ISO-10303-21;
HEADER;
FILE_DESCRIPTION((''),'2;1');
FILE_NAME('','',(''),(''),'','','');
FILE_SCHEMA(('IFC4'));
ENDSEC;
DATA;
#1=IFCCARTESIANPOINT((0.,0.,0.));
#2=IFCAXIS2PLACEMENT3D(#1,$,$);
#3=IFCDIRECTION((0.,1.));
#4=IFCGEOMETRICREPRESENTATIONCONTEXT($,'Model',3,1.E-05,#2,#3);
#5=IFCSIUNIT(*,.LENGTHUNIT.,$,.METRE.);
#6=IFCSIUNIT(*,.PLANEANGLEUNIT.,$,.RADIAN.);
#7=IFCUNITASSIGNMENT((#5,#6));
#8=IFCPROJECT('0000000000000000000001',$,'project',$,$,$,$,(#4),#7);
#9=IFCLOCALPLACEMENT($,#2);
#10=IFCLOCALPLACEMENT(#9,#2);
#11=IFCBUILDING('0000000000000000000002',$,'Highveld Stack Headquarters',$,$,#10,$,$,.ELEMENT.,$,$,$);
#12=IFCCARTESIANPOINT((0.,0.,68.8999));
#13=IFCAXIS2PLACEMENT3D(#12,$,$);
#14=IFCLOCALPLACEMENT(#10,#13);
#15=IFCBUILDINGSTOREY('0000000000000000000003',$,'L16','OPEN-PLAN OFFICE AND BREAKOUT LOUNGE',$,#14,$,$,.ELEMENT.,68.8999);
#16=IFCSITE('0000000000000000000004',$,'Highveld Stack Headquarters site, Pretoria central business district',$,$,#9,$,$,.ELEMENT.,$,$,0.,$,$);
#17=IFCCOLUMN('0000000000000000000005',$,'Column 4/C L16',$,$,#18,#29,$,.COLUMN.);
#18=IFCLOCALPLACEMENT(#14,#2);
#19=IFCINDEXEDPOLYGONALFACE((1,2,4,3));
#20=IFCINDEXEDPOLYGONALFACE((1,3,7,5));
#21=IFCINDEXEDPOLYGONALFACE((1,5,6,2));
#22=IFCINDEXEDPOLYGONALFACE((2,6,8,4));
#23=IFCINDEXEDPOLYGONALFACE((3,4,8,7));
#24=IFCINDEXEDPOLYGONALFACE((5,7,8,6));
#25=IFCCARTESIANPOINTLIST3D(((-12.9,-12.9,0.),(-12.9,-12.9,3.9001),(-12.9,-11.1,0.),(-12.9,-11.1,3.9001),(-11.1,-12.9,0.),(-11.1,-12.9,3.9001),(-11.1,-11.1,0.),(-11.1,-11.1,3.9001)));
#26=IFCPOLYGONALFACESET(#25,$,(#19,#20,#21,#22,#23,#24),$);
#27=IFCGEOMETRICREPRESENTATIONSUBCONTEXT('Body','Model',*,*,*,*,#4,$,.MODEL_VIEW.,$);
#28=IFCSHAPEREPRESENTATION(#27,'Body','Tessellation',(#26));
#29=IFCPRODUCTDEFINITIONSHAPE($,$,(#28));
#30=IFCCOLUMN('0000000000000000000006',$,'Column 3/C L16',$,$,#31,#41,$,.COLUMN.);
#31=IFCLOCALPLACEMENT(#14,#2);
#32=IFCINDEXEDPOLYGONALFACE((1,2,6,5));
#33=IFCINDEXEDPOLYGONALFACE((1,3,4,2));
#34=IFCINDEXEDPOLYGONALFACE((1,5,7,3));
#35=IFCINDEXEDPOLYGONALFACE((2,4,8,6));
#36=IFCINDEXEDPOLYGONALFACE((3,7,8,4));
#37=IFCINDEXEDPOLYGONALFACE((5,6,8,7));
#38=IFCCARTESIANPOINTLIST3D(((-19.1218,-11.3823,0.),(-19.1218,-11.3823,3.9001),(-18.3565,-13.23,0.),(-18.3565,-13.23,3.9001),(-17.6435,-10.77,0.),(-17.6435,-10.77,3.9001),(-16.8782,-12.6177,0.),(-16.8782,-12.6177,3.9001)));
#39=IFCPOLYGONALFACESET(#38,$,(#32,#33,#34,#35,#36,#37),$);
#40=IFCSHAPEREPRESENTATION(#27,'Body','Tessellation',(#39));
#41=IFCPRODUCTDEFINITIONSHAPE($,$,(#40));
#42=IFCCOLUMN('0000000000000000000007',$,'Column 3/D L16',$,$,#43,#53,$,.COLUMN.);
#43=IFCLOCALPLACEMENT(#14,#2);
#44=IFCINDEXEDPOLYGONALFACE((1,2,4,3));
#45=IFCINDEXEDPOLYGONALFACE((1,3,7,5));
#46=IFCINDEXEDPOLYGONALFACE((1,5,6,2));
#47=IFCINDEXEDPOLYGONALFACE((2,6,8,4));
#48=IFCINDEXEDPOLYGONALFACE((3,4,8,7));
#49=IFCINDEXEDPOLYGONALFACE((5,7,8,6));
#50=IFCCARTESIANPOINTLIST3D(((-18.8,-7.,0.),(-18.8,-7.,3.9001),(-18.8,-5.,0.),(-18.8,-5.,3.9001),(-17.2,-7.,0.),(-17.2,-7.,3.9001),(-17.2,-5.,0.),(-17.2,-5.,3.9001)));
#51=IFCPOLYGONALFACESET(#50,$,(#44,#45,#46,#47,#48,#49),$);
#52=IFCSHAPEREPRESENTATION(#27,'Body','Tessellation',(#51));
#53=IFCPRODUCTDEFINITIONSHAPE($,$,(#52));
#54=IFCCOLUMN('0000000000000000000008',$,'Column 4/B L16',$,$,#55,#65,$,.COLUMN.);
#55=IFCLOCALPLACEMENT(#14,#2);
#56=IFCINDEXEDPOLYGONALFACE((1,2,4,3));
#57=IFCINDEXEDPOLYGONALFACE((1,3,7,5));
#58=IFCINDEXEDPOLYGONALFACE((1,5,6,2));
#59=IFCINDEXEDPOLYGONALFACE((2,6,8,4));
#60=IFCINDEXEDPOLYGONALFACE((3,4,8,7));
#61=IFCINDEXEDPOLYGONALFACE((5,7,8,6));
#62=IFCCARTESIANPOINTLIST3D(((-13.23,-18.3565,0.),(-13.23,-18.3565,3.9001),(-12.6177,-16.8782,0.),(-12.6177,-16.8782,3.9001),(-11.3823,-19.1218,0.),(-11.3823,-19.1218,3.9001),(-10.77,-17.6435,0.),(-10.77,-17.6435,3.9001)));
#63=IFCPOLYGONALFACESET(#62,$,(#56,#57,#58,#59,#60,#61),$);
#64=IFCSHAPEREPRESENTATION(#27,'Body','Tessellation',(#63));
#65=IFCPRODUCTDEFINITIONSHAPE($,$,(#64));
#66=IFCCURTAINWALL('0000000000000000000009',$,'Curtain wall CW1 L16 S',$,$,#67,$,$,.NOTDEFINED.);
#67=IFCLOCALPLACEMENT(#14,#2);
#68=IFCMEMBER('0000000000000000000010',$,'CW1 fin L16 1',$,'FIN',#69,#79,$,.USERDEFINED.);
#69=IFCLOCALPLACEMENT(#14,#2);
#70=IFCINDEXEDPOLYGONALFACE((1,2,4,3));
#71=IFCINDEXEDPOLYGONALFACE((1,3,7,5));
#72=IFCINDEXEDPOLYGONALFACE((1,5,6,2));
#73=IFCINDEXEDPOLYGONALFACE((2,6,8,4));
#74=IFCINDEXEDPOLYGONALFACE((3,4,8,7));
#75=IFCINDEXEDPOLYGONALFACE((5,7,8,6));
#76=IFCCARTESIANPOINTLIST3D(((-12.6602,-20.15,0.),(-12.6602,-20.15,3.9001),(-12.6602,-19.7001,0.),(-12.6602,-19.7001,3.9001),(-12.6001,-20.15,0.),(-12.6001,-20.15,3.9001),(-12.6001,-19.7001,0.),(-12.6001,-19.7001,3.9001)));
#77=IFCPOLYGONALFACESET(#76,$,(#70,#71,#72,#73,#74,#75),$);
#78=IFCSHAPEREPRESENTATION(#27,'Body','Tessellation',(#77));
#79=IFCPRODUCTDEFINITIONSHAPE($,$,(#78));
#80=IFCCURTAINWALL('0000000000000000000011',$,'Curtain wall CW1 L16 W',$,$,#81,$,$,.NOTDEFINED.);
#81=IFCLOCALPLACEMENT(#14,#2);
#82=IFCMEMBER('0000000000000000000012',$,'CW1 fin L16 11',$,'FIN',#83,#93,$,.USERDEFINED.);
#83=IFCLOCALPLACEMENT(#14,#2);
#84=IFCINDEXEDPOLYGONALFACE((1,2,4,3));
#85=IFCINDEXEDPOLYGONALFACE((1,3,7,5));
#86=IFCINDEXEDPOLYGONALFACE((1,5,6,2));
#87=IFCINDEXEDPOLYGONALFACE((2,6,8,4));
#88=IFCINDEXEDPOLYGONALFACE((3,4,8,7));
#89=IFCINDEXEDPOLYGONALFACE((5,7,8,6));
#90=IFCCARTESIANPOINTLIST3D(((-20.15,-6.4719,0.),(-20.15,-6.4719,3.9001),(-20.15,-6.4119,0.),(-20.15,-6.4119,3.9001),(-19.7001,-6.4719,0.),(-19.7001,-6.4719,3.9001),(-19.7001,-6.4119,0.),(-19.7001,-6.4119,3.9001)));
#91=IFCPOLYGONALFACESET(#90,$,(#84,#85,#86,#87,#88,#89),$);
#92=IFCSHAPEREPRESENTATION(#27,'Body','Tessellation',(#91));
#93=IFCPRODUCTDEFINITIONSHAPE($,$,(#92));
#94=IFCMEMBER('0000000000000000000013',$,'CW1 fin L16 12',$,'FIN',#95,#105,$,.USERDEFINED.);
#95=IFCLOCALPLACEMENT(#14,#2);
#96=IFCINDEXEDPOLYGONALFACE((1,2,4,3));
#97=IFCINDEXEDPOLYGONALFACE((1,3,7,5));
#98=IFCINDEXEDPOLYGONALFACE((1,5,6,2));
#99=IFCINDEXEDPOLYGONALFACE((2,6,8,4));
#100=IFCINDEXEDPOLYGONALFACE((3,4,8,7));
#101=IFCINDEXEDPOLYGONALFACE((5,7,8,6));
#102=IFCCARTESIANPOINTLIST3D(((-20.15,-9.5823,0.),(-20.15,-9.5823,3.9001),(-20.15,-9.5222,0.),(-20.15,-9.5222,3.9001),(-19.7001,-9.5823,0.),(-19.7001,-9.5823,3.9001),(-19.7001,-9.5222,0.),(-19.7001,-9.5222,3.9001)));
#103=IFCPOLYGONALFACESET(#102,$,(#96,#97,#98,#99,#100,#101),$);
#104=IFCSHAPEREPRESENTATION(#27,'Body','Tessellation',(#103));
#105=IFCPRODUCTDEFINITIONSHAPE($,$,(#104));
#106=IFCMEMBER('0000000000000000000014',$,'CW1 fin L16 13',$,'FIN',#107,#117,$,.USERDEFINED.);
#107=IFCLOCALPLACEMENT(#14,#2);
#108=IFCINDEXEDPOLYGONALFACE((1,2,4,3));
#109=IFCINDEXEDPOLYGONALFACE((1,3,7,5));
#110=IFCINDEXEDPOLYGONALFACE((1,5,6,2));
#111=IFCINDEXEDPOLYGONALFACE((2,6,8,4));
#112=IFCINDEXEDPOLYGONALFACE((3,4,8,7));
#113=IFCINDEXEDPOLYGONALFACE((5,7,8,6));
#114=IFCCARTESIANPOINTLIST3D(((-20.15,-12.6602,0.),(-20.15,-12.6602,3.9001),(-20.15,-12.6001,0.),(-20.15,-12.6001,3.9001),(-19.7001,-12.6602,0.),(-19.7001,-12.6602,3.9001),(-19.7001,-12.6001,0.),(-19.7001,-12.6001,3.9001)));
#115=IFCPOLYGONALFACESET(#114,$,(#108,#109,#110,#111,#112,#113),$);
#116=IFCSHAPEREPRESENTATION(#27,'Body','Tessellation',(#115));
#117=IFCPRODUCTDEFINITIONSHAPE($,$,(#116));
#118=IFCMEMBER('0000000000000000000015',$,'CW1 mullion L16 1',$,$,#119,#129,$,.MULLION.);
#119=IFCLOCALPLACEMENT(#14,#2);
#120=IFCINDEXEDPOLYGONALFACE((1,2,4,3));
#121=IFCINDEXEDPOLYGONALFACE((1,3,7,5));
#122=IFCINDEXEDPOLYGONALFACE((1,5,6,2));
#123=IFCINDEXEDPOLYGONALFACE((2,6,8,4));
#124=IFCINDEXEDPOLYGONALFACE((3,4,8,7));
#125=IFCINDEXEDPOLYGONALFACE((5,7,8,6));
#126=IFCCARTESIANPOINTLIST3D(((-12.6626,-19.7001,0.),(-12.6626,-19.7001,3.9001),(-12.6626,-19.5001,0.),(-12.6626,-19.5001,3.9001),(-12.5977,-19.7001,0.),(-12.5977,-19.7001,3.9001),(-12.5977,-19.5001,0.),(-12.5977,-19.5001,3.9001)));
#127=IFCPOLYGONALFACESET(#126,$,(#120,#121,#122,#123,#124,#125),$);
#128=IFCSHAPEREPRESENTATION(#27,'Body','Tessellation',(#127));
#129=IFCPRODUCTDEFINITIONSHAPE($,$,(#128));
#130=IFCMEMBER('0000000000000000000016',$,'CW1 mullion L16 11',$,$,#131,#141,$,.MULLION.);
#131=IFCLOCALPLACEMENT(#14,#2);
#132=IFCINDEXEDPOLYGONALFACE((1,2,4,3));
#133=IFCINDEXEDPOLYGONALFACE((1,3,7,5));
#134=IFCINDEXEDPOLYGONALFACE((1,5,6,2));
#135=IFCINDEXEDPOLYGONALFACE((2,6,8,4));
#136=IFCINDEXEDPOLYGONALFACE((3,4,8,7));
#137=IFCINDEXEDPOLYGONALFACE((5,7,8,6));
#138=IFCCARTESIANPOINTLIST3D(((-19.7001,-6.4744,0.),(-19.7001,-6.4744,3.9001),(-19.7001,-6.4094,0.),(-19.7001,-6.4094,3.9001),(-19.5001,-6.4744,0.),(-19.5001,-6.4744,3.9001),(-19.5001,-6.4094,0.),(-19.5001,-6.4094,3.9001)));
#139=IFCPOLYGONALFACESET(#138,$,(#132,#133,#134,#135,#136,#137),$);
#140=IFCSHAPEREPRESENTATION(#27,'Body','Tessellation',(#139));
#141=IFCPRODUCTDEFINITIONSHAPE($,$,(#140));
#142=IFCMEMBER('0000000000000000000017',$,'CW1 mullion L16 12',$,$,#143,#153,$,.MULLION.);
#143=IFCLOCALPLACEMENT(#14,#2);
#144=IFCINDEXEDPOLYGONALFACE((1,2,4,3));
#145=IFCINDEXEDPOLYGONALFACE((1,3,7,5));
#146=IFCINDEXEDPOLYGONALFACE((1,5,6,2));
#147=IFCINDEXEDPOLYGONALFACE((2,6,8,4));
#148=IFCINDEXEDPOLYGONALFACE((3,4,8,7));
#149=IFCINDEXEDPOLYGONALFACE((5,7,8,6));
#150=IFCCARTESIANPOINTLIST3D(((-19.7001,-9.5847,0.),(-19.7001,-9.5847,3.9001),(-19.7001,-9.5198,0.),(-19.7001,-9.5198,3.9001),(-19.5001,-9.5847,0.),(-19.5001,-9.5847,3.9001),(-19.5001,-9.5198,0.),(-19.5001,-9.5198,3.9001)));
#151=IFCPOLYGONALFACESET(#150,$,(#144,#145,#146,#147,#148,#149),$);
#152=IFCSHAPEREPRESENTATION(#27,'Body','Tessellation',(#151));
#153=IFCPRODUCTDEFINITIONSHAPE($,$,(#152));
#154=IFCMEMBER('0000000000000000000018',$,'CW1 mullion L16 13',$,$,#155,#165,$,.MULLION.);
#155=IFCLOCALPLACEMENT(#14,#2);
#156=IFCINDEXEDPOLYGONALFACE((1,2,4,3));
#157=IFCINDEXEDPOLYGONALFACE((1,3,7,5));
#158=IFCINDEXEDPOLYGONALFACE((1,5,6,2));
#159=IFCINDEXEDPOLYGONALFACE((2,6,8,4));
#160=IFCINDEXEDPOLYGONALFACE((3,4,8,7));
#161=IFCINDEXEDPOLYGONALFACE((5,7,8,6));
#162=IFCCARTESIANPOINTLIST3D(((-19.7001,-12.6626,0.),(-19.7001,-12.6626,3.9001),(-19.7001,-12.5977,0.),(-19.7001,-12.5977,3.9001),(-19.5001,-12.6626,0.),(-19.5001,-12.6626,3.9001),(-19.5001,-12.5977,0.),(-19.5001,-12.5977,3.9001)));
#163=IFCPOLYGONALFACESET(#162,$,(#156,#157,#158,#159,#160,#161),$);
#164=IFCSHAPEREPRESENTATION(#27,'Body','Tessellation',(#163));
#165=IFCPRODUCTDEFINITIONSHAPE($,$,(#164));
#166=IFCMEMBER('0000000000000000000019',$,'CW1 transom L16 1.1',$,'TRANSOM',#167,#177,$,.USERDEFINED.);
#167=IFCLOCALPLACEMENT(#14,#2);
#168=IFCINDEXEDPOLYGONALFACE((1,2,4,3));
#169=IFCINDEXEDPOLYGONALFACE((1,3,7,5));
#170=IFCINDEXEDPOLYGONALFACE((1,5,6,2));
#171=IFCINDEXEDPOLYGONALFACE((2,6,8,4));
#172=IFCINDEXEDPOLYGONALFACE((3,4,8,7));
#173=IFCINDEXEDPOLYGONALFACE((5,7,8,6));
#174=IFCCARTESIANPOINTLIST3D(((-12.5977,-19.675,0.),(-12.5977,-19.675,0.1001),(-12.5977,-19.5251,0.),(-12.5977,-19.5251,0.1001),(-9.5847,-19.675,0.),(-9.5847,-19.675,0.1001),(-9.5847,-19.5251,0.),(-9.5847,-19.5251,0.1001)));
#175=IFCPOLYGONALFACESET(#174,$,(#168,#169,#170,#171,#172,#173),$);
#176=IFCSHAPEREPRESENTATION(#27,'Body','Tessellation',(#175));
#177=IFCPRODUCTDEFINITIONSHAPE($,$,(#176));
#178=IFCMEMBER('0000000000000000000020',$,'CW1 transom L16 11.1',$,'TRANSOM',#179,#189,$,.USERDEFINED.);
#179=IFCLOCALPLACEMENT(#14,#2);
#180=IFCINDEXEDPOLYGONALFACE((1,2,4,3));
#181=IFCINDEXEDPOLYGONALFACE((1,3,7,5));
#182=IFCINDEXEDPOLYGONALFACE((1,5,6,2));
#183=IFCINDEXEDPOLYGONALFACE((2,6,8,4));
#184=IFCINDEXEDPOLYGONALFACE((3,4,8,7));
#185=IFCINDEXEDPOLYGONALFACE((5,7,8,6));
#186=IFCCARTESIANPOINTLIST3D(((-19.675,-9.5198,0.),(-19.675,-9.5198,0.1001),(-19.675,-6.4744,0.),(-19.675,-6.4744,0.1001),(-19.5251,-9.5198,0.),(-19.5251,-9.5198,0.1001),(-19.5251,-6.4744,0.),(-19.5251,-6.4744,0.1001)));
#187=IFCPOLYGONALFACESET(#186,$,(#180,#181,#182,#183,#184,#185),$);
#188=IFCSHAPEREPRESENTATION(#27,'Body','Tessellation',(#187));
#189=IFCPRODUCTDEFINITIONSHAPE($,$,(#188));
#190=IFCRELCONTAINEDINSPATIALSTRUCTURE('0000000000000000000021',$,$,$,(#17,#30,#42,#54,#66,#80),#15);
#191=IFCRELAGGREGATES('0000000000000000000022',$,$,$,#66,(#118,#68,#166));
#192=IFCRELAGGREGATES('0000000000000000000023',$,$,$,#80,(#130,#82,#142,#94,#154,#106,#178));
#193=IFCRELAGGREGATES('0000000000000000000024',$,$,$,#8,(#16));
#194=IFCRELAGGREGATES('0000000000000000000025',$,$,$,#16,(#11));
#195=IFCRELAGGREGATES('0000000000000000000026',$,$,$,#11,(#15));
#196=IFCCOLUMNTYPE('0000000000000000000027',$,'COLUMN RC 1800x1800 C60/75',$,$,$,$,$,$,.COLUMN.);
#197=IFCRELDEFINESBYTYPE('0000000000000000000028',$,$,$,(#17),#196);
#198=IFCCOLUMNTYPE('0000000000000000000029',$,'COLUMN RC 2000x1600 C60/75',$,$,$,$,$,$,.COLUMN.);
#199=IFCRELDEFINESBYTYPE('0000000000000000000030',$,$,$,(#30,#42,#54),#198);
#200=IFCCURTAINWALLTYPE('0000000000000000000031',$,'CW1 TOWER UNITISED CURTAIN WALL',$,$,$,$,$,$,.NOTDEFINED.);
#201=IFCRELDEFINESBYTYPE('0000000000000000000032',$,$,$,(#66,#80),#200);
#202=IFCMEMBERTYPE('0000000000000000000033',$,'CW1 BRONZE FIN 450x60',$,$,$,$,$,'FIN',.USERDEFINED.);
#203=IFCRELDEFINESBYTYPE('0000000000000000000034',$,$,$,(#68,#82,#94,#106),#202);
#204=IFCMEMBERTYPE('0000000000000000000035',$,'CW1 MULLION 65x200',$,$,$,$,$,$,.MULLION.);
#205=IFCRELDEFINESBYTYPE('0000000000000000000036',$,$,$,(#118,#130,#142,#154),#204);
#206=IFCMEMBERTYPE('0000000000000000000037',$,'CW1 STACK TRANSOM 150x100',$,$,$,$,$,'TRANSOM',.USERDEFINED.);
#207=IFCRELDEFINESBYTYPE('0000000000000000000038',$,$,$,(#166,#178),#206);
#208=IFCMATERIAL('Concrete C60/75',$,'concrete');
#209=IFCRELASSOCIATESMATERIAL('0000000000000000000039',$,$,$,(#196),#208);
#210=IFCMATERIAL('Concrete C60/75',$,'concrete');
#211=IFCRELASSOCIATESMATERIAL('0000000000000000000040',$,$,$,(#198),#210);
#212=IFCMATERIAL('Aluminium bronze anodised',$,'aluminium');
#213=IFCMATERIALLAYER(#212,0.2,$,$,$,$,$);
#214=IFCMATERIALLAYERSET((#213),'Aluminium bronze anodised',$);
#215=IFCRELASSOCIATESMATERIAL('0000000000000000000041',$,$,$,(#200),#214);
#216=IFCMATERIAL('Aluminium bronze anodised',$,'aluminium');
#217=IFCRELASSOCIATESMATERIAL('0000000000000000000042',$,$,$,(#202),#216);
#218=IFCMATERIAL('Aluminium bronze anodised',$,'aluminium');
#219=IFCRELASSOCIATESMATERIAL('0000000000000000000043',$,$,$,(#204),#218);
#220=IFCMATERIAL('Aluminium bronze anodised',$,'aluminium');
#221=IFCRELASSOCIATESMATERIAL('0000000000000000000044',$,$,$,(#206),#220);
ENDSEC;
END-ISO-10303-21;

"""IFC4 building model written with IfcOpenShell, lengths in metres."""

from ifc_helpers import new_model, si_unit, direction, frame, origin, origin_2d, place, context, subcontext, project, spatial, rectangle, extrude, material, layer, layer_set, material_profile, profile_set, type_object, element, aggregate, save


model = new_model("IFC4")

# Units and contexts
model_context = context("Model", 3, precision=1e-05, world=origin(), true_north=direction((0.0, 1.0)))
body_context = subcontext(model_context, "Body", "Model", "MODEL_VIEW")
ifc_project = project(units=[si_unit("LENGTHUNIT", "METRE"), si_unit("PLANEANGLEUNIT", "RADIAN")], contexts=[model_context])

# Site, building, storey
site_placement = place(None, origin())
site = spatial("IfcSite", under=ifc_project, at=site_placement, Name="Highveld Stack Headquarters site, Pretoria central business district", CompositionType="ELEMENT", RefElevation=0.0)
building_placement = place(site_placement, origin())
building = spatial("IfcBuilding", under=site, at=building_placement, Name="Highveld Stack Headquarters", CompositionType="ELEMENT")
storey_placement = place(building_placement, frame((0.0, 0.0, 68.8999)))
storey = spatial("IfcBuildingStorey", under=building, at=storey_placement, Name="L16", Description="OPEN-PLAN OFFICE AND BREAKOUT LOUNGE", CompositionType="ELEMENT", Elevation=68.8999)

# Columns
ifc_material_1 = material(Name="Concrete C60/75", Category="concrete")
ifc_material_profile_1 = material_profile(ifc_material_1, rectangle(XDim=1.8, YDim=1.8, at=origin_2d()), Name="RC 1800x1800")
ifc_profile_set_1 = profile_set([ifc_material_profile_1], Name="Concrete C60/75")
column_type_1 = type_object("IfcColumnType", Name="COLUMN RC 1800x1800 C60/75", PredefinedType="COLUMN", material=ifc_profile_set_1)
column_placement = place(storey_placement, frame((-12.0, -12.0, 0.0), z_axis=(0.0, 0.0, 1.0), x_axis=(1.0, 0.0, 0.0)))
element("IfcColumn", 1, at=column_placement, inside=storey, type_object=column_type_1, Name="Column 4/C L16", PredefinedType="COLUMN", context=body_context, shape_type="SweptSolid", body=[
    extrude(rectangle(XDim=1.8, YDim=1.8, at=origin_2d()), origin(), (0.0, 0.0, 1.0), 3.9001),
])
ifc_material_2 = material(Name="Concrete C60/75", Category="concrete")
ifc_material_profile_2 = material_profile(ifc_material_2, rectangle(XDim=2.0, YDim=1.6001, at=origin_2d()), Name="RC 2000x1600")
ifc_profile_set_2 = profile_set([ifc_material_profile_2], Name="Concrete C60/75")
column_type_2 = type_object("IfcColumnType", Name="COLUMN RC 2000x1600 C60/75", PredefinedType="COLUMN", material=ifc_profile_set_2)
for number, where, z_axis, x_axis, name in (
    (2, (-18.0, -12.0, 0.0), (0.0, 0.0, 1.0), (-0.382683, 0.92388, 0.0), "Column 3/C L16"),
    (3, (-18.0, -6.0, 0.0), (0.0, 0.0, 1.0), (0.0, 1.0, 0.0), "Column 3/D L16"),
    (4, (-12.0, -18.0, 0.0), (0.0, 0.0, 1.0), (-0.92388, 0.382683, 0.0), "Column 4/B L16"),
):
    element("IfcColumn", number, at=place(storey_placement, frame(where, z_axis=z_axis, x_axis=x_axis)), inside=storey, type_object=column_type_2, Name=name, PredefinedType="COLUMN", context=body_context, shape_type="SweptSolid", body=[
        extrude(rectangle(XDim=2.0, YDim=1.6001, at=origin_2d()), origin(), (0.0, 0.0, 1.0), 3.9001),
    ])

# Curtain wall, member
ifc_material_3 = material(Name="Aluminium bronze anodised", Category="aluminium")
ifc_layer_1 = layer(ifc_material_3, 0.2)
ifc_layer_set_1 = layer_set([ifc_layer_1], Name="Aluminium bronze anodised")
curtain_wall_type_1 = type_object("IfcCurtainWallType", Name="CW1 TOWER UNITISED CURTAIN WALL", PredefinedType="NOTDEFINED", material=ifc_layer_set_1)
curtain_wall_1_placement = place(storey_placement, origin())
curtain_wall_1 = element("IfcCurtainWall", 5, at=curtain_wall_1_placement, inside=storey, type_object=curtain_wall_type_1, Name="Curtain wall CW1 L16 S", PredefinedType="NOTDEFINED")
ifc_material_4 = material(Name="Aluminium bronze anodised", Category="aluminium")
ifc_material_profile_3 = material_profile(ifc_material_4, rectangle(XDim=0.45, YDim=0.0601, at=origin_2d()), Name="FIN 450x60")
ifc_profile_set_3 = profile_set([ifc_material_profile_3], Name="Aluminium bronze anodised")
member_type_1 = type_object("IfcMemberType", Name="CW1 BRONZE FIN 450x60", ElementType="FIN", PredefinedType="USERDEFINED", material=ifc_profile_set_3)
member_1_placement = place(storey_placement, frame((-12.6301, -19.925, 0.0), z_axis=(0.0, 0.0, 1.0), x_axis=(0.0, 1.0, 0.0)))
member_1 = element("IfcMember", 6, at=member_1_placement, type_object=member_type_1, Name="CW1 fin L16 1", ObjectType="FIN", PredefinedType="USERDEFINED", context=body_context, shape_type="SweptSolid", body=[
    extrude(rectangle(XDim=0.45, YDim=0.0601, at=origin_2d()), origin(), (0.0, 0.0, 1.0), 3.9001),
])

# Curtain wall, members
curtain_wall_2_placement = place(storey_placement, origin())
curtain_wall_2 = element("IfcCurtainWall", 7, at=curtain_wall_2_placement, inside=storey, type_object=curtain_wall_type_1, Name="Curtain wall CW1 L16 W", PredefinedType="NOTDEFINED")
member_2_placement = place(storey_placement, frame((-19.925, -6.4419, 0.0), z_axis=(0.0, 0.0, 1.0), x_axis=(1.0, 0.0, 0.0)))
member_2 = element("IfcMember", 8, at=member_2_placement, type_object=member_type_1, Name="CW1 fin L16 11", ObjectType="FIN", PredefinedType="USERDEFINED", context=body_context, shape_type="SweptSolid", body=[
    extrude(rectangle(XDim=0.45, YDim=0.0601, at=origin_2d()), origin(), (0.0, 0.0, 1.0), 3.9001),
])
member_3_placement = place(storey_placement, frame((-19.925, -9.5522, 0.0), z_axis=(0.0, 0.0, 1.0), x_axis=(1.0, 0.0, 0.0)))
member_3 = element("IfcMember", 9, at=member_3_placement, type_object=member_type_1, Name="CW1 fin L16 12", ObjectType="FIN", PredefinedType="USERDEFINED", context=body_context, shape_type="SweptSolid", body=[
    extrude(rectangle(XDim=0.45, YDim=0.0601, at=origin_2d()), origin(), (0.0, 0.0, 1.0), 3.9001),
])
member_4_placement = place(storey_placement, frame((-19.925, -12.6301, 0.0), z_axis=(0.0, 0.0, 1.0), x_axis=(1.0, 0.0, 0.0)))
member_4 = element("IfcMember", 10, at=member_4_placement, type_object=member_type_1, Name="CW1 fin L16 13", ObjectType="FIN", PredefinedType="USERDEFINED", context=body_context, shape_type="SweptSolid", body=[
    extrude(rectangle(XDim=0.45, YDim=0.0601, at=origin_2d()), origin(), (0.0, 0.0, 1.0), 3.9001),
])

# Members
ifc_material_5 = material(Name="Aluminium bronze anodised", Category="aluminium")
ifc_material_profile_4 = material_profile(ifc_material_5, rectangle(XDim=0.2, YDim=0.0649, at=origin_2d()), Name="CW1 MULLION 65x200")
ifc_profile_set_4 = profile_set([ifc_material_profile_4], Name="Aluminium bronze anodised")
member_type_2 = type_object("IfcMemberType", Name="CW1 MULLION 65x200", PredefinedType="MULLION", material=ifc_profile_set_4)
member_5_placement = place(storey_placement, frame((-12.6301, -19.6001, 0.0), z_axis=(0.0, 0.0, 1.0), x_axis=(0.0, 1.0, 0.0)))
member_5 = element("IfcMember", 11, at=member_5_placement, type_object=member_type_2, Name="CW1 mullion L16 1", PredefinedType="MULLION", context=body_context, shape_type="SweptSolid", body=[
    extrude(rectangle(XDim=0.2, YDim=0.0649, at=origin_2d()), origin(), (0.0, 0.0, 1.0), 3.9001),
])
member_6_placement = place(storey_placement, frame((-19.6001, -6.4419, 0.0), z_axis=(0.0, 0.0, 1.0), x_axis=(1.0, 0.0, 0.0)))
member_6 = element("IfcMember", 12, at=member_6_placement, type_object=member_type_2, Name="CW1 mullion L16 11", PredefinedType="MULLION", context=body_context, shape_type="SweptSolid", body=[
    extrude(rectangle(XDim=0.2, YDim=0.0649, at=origin_2d()), origin(), (0.0, 0.0, 1.0), 3.9001),
])
member_7_placement = place(storey_placement, frame((-19.6001, -9.5522, 0.0), z_axis=(0.0, 0.0, 1.0), x_axis=(1.0, 0.0, 0.0)))
member_7 = element("IfcMember", 13, at=member_7_placement, type_object=member_type_2, Name="CW1 mullion L16 12", PredefinedType="MULLION", context=body_context, shape_type="SweptSolid", body=[
    extrude(rectangle(XDim=0.2, YDim=0.0649, at=origin_2d()), origin(), (0.0, 0.0, 1.0), 3.9001),
])
member_8_placement = place(storey_placement, frame((-19.6001, -12.6301, 0.0), z_axis=(0.0, 0.0, 1.0), x_axis=(1.0, 0.0, 0.0)))
member_8 = element("IfcMember", 14, at=member_8_placement, type_object=member_type_2, Name="CW1 mullion L16 13", PredefinedType="MULLION", context=body_context, shape_type="SweptSolid", body=[
    extrude(rectangle(XDim=0.2, YDim=0.0649, at=origin_2d()), origin(), (0.0, 0.0, 1.0), 3.9001),
])
ifc_material_6 = material(Name="Aluminium bronze anodised", Category="aluminium")
ifc_material_profile_5 = material_profile(ifc_material_6, rectangle(XDim=0.1499, YDim=0.1001, at=origin_2d()), Name="CW1 TRANSOM 150x100")
ifc_profile_set_5 = profile_set([ifc_material_profile_5], Name="Aluminium bronze anodised")
member_type_3 = type_object("IfcMemberType", Name="CW1 STACK TRANSOM 150x100", ElementType="TRANSOM", PredefinedType="USERDEFINED", material=ifc_profile_set_5)
member_9_placement = place(storey_placement, frame((-12.5977, -19.6001, 0.05), z_axis=(1.0, 0.0, 0.0), x_axis=(0.0, 1.0, 0.0)))
member_9 = element("IfcMember", 15, at=member_9_placement, type_object=member_type_3, Name="CW1 transom L16 1.1", ObjectType="TRANSOM", PredefinedType="USERDEFINED", context=body_context, shape_type="SweptSolid", body=[
    extrude(rectangle(XDim=0.1499, YDim=0.1001, at=origin_2d()), origin(), (0.0, 0.0, 1.0), 3.0129),
])
aggregate(curtain_wall_1, [member_5, member_1, member_9])
member_10_placement = place(storey_placement, frame((-19.6001, -6.4744, 0.05), z_axis=(0.0, -1.0, 0.0), x_axis=(1.0, 0.0, 0.0)))
member_10 = element("IfcMember", 16, at=member_10_placement, type_object=member_type_3, Name="CW1 transom L16 11.1", ObjectType="TRANSOM", PredefinedType="USERDEFINED", context=body_context, shape_type="SweptSolid", body=[
    extrude(rectangle(XDim=0.1499, YDim=0.1001, at=origin_2d()), origin(), (0.0, 0.0, 1.0), 3.0454),
])

aggregate(curtain_wall_2, [member_6, member_2, member_7, member_3, member_8, member_4, member_10])

save(model, "model.ifc")
